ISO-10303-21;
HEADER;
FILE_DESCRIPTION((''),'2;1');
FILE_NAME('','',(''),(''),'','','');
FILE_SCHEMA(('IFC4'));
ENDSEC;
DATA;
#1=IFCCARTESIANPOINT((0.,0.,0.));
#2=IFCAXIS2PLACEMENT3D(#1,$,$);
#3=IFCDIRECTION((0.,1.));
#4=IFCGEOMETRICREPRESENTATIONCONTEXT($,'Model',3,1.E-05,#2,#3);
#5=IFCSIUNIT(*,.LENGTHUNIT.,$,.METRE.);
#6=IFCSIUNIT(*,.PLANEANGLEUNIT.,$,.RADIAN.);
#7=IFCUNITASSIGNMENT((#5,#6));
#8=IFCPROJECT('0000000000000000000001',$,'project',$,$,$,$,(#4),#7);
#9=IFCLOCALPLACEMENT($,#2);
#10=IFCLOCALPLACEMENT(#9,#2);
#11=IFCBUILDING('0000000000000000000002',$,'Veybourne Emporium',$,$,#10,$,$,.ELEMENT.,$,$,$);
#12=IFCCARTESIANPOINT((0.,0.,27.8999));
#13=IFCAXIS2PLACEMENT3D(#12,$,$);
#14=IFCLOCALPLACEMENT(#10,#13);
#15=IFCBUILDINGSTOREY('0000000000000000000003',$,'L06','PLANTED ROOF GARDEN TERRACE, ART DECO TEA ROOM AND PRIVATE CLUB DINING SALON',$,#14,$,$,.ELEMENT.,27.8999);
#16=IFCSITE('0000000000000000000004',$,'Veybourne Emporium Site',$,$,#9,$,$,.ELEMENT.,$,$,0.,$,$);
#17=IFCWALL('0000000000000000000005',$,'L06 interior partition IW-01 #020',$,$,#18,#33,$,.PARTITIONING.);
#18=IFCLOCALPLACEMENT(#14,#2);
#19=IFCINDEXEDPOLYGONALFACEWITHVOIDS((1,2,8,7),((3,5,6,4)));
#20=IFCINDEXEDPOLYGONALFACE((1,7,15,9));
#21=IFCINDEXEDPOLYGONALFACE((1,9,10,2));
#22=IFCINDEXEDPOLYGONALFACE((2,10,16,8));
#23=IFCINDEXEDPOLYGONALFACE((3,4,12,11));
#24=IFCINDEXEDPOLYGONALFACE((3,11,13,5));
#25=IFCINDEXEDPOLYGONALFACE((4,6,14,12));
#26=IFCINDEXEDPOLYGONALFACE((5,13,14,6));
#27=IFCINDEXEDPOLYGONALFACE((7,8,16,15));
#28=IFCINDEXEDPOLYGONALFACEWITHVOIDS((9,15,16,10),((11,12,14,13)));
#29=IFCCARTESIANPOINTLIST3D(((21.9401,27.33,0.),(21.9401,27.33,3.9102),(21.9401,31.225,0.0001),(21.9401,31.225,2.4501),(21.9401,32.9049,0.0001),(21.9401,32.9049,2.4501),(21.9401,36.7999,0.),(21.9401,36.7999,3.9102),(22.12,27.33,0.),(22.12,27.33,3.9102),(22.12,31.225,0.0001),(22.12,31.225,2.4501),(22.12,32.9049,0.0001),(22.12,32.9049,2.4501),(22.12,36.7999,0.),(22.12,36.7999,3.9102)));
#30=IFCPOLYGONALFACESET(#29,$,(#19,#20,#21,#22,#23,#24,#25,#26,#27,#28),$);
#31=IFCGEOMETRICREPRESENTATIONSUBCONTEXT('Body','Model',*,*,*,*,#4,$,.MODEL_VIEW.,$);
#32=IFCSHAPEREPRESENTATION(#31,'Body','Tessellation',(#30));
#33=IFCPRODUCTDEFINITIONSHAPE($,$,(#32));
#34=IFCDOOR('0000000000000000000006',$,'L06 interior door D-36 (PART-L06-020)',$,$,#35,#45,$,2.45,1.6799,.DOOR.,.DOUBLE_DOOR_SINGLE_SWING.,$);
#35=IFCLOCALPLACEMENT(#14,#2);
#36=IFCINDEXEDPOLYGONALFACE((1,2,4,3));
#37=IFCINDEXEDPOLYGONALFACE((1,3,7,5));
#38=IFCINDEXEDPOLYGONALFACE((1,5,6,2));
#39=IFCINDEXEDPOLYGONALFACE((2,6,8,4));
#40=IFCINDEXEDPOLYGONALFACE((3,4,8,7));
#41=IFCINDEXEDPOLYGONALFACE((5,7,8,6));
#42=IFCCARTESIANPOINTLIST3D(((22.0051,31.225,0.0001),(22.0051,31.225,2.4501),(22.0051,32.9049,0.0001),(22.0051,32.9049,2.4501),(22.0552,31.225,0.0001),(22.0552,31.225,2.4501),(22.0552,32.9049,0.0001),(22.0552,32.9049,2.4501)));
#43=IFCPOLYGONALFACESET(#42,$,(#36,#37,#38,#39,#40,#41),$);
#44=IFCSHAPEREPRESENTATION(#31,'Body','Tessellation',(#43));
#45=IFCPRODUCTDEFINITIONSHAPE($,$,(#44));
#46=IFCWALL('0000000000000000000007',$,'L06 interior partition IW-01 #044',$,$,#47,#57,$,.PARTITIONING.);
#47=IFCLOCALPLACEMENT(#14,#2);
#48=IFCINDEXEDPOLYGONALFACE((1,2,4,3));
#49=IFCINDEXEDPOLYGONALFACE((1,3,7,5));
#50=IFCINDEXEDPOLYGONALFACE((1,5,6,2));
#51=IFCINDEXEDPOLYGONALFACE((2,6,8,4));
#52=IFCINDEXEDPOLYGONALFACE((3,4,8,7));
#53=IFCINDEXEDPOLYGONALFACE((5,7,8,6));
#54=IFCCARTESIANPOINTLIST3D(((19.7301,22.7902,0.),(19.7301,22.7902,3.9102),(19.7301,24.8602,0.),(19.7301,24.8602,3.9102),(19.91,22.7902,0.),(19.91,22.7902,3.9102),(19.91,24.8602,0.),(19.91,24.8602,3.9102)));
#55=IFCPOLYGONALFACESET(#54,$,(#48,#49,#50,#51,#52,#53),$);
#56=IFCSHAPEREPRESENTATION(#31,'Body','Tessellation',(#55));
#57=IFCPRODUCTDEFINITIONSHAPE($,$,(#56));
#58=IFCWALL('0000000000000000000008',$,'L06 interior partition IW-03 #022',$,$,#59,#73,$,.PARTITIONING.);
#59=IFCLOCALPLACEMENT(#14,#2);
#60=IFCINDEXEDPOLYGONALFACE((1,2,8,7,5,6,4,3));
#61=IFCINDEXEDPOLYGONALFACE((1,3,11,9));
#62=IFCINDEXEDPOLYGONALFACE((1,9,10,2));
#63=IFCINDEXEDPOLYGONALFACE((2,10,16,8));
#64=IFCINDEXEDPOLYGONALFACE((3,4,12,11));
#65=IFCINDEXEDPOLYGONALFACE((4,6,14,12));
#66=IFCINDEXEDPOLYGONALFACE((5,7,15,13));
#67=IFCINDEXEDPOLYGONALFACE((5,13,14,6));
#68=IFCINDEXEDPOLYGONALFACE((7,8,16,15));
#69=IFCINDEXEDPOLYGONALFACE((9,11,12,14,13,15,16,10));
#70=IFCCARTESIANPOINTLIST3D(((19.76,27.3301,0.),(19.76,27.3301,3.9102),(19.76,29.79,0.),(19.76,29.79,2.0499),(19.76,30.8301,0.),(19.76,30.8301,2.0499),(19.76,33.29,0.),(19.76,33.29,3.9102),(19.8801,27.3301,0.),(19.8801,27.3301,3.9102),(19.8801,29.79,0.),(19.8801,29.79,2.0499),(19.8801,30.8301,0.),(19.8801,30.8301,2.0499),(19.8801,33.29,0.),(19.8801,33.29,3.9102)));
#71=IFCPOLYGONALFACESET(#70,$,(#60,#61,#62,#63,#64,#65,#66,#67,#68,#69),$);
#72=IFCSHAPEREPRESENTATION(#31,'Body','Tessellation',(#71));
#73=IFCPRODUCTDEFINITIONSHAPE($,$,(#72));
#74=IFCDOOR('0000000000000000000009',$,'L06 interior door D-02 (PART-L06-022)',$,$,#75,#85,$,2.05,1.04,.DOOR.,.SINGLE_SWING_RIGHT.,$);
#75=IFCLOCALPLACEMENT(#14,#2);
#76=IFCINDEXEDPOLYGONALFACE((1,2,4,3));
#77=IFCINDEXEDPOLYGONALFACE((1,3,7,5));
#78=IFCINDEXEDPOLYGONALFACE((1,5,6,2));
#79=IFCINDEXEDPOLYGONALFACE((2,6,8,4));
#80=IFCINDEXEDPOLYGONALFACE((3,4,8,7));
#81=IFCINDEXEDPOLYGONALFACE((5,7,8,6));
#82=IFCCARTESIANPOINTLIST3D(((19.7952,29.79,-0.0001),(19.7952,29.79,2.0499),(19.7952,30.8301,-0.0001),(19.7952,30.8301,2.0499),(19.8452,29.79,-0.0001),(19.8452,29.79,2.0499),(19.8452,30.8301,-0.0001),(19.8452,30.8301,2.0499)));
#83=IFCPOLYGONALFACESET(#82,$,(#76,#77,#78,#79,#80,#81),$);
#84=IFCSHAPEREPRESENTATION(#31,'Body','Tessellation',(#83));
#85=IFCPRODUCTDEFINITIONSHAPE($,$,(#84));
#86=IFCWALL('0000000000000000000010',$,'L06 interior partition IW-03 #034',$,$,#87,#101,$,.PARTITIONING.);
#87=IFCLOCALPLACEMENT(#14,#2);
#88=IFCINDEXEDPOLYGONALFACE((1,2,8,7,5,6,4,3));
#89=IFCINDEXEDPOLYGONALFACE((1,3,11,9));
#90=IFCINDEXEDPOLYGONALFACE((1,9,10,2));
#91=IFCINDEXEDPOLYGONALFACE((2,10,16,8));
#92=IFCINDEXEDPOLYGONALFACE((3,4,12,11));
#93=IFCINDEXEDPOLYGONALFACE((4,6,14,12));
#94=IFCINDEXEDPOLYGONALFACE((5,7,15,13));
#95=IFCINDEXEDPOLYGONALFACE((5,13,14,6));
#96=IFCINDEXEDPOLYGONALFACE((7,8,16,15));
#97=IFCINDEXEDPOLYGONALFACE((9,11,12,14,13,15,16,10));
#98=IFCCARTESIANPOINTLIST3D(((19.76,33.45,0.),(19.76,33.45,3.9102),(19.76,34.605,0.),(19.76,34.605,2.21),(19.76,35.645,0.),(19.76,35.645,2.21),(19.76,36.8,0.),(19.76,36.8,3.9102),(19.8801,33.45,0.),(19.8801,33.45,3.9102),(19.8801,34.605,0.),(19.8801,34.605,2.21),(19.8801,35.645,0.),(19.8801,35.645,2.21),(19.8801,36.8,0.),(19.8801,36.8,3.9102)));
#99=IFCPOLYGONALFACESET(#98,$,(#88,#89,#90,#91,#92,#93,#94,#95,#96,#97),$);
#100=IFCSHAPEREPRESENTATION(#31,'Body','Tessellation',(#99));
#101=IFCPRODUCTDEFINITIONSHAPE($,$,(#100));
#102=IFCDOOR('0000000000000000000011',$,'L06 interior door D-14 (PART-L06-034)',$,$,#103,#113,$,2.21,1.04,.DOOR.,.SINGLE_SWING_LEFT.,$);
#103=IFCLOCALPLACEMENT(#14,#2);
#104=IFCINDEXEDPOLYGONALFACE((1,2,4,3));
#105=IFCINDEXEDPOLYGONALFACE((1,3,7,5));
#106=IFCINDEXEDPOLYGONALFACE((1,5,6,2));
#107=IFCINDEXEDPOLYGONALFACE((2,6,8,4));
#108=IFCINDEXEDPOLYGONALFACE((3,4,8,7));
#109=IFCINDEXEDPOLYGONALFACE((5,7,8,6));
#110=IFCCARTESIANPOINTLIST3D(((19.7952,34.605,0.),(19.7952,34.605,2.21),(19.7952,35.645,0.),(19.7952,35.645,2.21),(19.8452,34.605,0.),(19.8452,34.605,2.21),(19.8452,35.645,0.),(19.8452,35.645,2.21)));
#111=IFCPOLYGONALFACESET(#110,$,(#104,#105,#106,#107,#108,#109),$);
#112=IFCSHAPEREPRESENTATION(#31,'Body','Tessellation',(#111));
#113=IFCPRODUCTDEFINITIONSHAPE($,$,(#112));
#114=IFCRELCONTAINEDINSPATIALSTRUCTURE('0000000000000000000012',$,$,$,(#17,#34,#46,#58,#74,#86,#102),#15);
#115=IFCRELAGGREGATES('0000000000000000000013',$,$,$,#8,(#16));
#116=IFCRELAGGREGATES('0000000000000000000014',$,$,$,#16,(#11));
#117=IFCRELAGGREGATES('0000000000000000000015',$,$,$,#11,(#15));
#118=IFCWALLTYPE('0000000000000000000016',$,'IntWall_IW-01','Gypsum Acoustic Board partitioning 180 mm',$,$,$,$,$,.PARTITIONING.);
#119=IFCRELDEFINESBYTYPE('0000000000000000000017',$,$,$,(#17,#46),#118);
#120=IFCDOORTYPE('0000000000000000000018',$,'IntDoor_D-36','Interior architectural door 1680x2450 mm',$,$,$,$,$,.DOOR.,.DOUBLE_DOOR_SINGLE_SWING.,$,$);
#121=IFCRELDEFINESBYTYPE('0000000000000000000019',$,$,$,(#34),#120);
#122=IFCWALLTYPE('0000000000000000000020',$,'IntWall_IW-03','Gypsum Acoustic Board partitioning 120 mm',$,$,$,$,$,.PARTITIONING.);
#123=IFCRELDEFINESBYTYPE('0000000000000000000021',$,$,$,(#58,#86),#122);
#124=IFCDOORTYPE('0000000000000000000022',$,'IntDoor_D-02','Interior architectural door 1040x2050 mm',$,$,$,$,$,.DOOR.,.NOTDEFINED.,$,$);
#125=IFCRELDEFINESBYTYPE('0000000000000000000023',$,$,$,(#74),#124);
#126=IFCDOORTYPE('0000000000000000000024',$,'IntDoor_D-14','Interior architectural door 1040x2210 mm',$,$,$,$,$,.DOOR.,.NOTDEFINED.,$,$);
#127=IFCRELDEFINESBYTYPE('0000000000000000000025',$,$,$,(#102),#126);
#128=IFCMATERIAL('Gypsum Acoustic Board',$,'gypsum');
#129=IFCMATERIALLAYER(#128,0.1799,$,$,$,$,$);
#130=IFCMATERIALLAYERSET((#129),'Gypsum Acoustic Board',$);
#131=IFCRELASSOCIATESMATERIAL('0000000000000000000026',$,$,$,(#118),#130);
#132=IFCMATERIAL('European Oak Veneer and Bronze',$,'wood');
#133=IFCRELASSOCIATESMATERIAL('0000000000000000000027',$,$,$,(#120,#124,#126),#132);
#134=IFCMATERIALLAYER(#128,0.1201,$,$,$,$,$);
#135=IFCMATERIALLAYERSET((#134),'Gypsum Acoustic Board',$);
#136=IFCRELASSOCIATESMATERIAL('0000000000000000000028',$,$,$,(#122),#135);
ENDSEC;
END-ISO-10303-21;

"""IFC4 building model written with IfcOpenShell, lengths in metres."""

from ifc_helpers import new_model, si_unit, direction, frame, frame_2d, origin, place, context, subcontext, project, spatial, rectangle, extrude, material, layer, layer_set, type_object, element, fill, save


model = new_model("IFC4")

# Units and contexts
model_context = context("Model", 3, precision=1e-05, world=origin(), true_north=direction((0.0, 1.0)))
body_context = subcontext(model_context, "Body", "Model", "MODEL_VIEW")
ifc_project = project(units=[si_unit("LENGTHUNIT", "METRE"), si_unit("PLANEANGLEUNIT", "RADIAN")], contexts=[model_context])

# Site, building, storey
site_placement = place(None, origin())
site = spatial("IfcSite", under=ifc_project, at=site_placement, Name="Veybourne Emporium Site", CompositionType="ELEMENT", RefElevation=0.0)
building_placement = place(site_placement, origin())
building = spatial("IfcBuilding", under=site, at=building_placement, Name="Veybourne Emporium", CompositionType="ELEMENT")
storey_placement = place(building_placement, frame((0.0, 0.0, 27.8999)))
storey = spatial("IfcBuildingStorey", under=building, at=storey_placement, Name="L06", Description="PLANTED ROOF GARDEN TERRACE, ART DECO TEA ROOM AND PRIVATE CLUB DINING SALON", CompositionType="ELEMENT", Elevation=27.8999)

# Wall, opening, door
ifc_material_1 = material(Name="Gypsum Acoustic Board", Category="gypsum")
ifc_layer_1 = layer(ifc_material_1, 0.1799)
ifc_layer_set_1 = layer_set([ifc_layer_1], Name="Gypsum Acoustic Board")
wall_type_1 = type_object("IfcWallType", Name="IntWall_IW-01", Description="Gypsum Acoustic Board partitioning 180 mm", PredefinedType="PARTITIONING", material=ifc_layer_set_1)
ifc_material_2 = material(Name="European Oak Veneer and Bronze", Category="wood")
wall_1_placement = place(storey_placement, frame((22.03, 27.3301, 0.0), z_axis=(0.0, 0.0, 1.0), x_axis=(0.0, 1.0, 0.0)))
wall_1 = element("IfcWall", 1, at=wall_1_placement, inside=storey, type_object=wall_type_1, Name="L06 interior partition IW-01 #020", PredefinedType="PARTITIONING", context=body_context, shape_type="SweptSolid", body=[
    extrude(rectangle(XDim=9.47, YDim=0.1799, at=frame_2d((4.7349, 0.0))), origin(), (0.0, 0.0, 1.0), 3.9102),
])
opening_1_placement = place(wall_1_placement, frame((3.895, 0.0, 0.0)))
opening_1 = element("IfcOpeningElement", 2, at=opening_1_placement, cuts=wall_1, PredefinedType="OPENING", context=body_context, shape_type="SweptSolid", body=[
    extrude(rectangle(XDim=1.6799, YDim=2.45, at=frame_2d((0.8398, 1.2251))), frame((0.0, 0.1099, 0.0), z_axis=(0.0, -1.0, 0.0), x_axis=(1.0, 0.0, 0.0)), (0.0, 0.0, 1.0), 0.22),
])
door_type_1 = type_object("IfcDoorType", Name="IntDoor_D-36", Description="Interior architectural door 1680x2450 mm", OperationType="DOUBLE_DOOR_SINGLE_SWING", PredefinedType="DOOR", material=ifc_material_2)
door_1_placement = place(opening_1_placement, origin())
door_1 = element("IfcDoor", 3, at=door_1_placement, inside=storey, type_object=door_type_1, Name="L06 interior door D-36 (PART-L06-020)", OperationType="DOUBLE_DOOR_SINGLE_SWING", OverallHeight=2.45, OverallWidth=1.6799, PredefinedType="DOOR", context=body_context, shape_type="SweptSolid", body=[
    extrude(rectangle(XDim=1.6799, YDim=2.45, at=frame_2d((0.8398, 1.2251))), frame((0.0, 0.0249, 0.0), z_axis=(0.0, -1.0, 0.0), x_axis=(1.0, 0.0, 0.0)), (0.0, 0.0, 1.0), 0.05),
])
fill(opening_1, door_1)

# Wall
wall_2_placement = place(storey_placement, frame((19.8201, 22.79, 0.0), z_axis=(0.0, 0.0, 1.0), x_axis=(0.0, 1.0, 0.0)))
element("IfcWall", 4, at=wall_2_placement, inside=storey, type_object=wall_type_1, Name="L06 interior partition IW-01 #044", PredefinedType="PARTITIONING", context=body_context, shape_type="SweptSolid", body=[
    extrude(rectangle(XDim=2.0701, YDim=0.1799, at=frame_2d((1.0352, 0.0))), origin(), (0.0, 0.0, 1.0), 3.9102),
])

# Walls, openings, doors
ifc_layer_2 = layer(ifc_material_1, 0.1201)
ifc_layer_set_2 = layer_set([ifc_layer_2], Name="Gypsum Acoustic Board")
wall_type_2 = type_object("IfcWallType", Name="IntWall_IW-03", Description="Gypsum Acoustic Board partitioning 120 mm", PredefinedType="PARTITIONING", material=ifc_layer_set_2)
wall_3_placement = place(storey_placement, frame((19.8201, 27.3301, 0.0), z_axis=(0.0, 0.0, 1.0), x_axis=(0.0, 1.0, 0.0)))
wall_3 = element("IfcWall", 5, at=wall_3_placement, inside=storey, type_object=wall_type_2, Name="L06 interior partition IW-03 #022", PredefinedType="PARTITIONING", context=body_context, shape_type="SweptSolid", body=[
    extrude(rectangle(XDim=5.96, YDim=0.1201, at=frame_2d((2.98, 0.0))), origin(), (0.0, 0.0, 1.0), 3.9102),
])
opening_2_placement = place(wall_3_placement, frame((2.46, 0.0, 0.0)))
opening_2 = element("IfcOpeningElement", 6, at=opening_2_placement, cuts=wall_3, PredefinedType="OPENING", context=body_context, shape_type="SweptSolid", body=[
    extrude(rectangle(XDim=1.04, YDim=2.05, at=frame_2d((0.52, 1.0249))), frame((0.0, 0.0801, 0.0), z_axis=(0.0, -1.0, 0.0), x_axis=(1.0, 0.0, 0.0)), (0.0, 0.0, 1.0), 0.1602),
])
door_type_2 = type_object("IfcDoorType", Name="IntDoor_D-02", Description="Interior architectural door 1040x2050 mm", OperationType="NOTDEFINED", PredefinedType="DOOR", material=ifc_material_2)
door_2_placement = place(opening_2_placement, origin())
door_2 = element("IfcDoor", 7, at=door_2_placement, inside=storey, type_object=door_type_2, Name="L06 interior door D-02 (PART-L06-022)", OperationType="SINGLE_SWING_RIGHT", OverallHeight=2.05, OverallWidth=1.04, PredefinedType="DOOR", context=body_context, shape_type="SweptSolid", body=[
    extrude(rectangle(XDim=1.04, YDim=2.05, at=frame_2d((0.52, 1.0249))), frame((0.0, 0.0249, 0.0), z_axis=(0.0, -1.0, 0.0), x_axis=(1.0, 0.0, 0.0)), (0.0, 0.0, 1.0), 0.05),
])
fill(opening_2, door_2)
wall_4_placement = place(storey_placement, frame((19.8201, 33.45, 0.0), z_axis=(0.0, 0.0, 1.0), x_axis=(0.0, 1.0, 0.0)))
wall_4 = element("IfcWall", 8, at=wall_4_placement, inside=storey, type_object=wall_type_2, Name="L06 interior partition IW-03 #034", PredefinedType="PARTITIONING", context=body_context, shape_type="SweptSolid", body=[
    extrude(rectangle(XDim=3.3501, YDim=0.1201, at=frame_2d((1.675, 0.0))), origin(), (0.0, 0.0, 1.0), 3.9102),
])
opening_3_placement = place(wall_4_placement, frame((1.155, 0.0, 0.0)))
opening_3 = element("IfcOpeningElement", 9, at=opening_3_placement, cuts=wall_4, PredefinedType="OPENING", context=body_context, shape_type="SweptSolid", body=[
    extrude(rectangle(XDim=1.04, YDim=2.21, at=frame_2d((0.52, 1.105))), frame((0.0, 0.0801, 0.0), z_axis=(0.0, -1.0, 0.0), x_axis=(1.0, 0.0, 0.0)), (0.0, 0.0, 1.0), 0.1602),
])
door_type_3 = type_object("IfcDoorType", Name="IntDoor_D-14", Description="Interior architectural door 1040x2210 mm", OperationType="NOTDEFINED", PredefinedType="DOOR", material=ifc_material_2)
door_3_placement = place(opening_3_placement, origin())
door_3 = element("IfcDoor", 10, at=door_3_placement, inside=storey, type_object=door_type_3, Name="L06 interior door D-14 (PART-L06-034)", OperationType="SINGLE_SWING_LEFT", OverallHeight=2.21, OverallWidth=1.04, PredefinedType="DOOR", context=body_context, shape_type="SweptSolid", body=[
    extrude(rectangle(XDim=1.04, YDim=2.21, at=frame_2d((0.52, 1.105))), frame((0.0, 0.0249, 0.0), z_axis=(0.0, -1.0, 0.0), x_axis=(1.0, 0.0, 0.0)), (0.0, 0.0, 1.0), 0.05),
])
fill(opening_3, door_3)

save(model, "model.ifc")
